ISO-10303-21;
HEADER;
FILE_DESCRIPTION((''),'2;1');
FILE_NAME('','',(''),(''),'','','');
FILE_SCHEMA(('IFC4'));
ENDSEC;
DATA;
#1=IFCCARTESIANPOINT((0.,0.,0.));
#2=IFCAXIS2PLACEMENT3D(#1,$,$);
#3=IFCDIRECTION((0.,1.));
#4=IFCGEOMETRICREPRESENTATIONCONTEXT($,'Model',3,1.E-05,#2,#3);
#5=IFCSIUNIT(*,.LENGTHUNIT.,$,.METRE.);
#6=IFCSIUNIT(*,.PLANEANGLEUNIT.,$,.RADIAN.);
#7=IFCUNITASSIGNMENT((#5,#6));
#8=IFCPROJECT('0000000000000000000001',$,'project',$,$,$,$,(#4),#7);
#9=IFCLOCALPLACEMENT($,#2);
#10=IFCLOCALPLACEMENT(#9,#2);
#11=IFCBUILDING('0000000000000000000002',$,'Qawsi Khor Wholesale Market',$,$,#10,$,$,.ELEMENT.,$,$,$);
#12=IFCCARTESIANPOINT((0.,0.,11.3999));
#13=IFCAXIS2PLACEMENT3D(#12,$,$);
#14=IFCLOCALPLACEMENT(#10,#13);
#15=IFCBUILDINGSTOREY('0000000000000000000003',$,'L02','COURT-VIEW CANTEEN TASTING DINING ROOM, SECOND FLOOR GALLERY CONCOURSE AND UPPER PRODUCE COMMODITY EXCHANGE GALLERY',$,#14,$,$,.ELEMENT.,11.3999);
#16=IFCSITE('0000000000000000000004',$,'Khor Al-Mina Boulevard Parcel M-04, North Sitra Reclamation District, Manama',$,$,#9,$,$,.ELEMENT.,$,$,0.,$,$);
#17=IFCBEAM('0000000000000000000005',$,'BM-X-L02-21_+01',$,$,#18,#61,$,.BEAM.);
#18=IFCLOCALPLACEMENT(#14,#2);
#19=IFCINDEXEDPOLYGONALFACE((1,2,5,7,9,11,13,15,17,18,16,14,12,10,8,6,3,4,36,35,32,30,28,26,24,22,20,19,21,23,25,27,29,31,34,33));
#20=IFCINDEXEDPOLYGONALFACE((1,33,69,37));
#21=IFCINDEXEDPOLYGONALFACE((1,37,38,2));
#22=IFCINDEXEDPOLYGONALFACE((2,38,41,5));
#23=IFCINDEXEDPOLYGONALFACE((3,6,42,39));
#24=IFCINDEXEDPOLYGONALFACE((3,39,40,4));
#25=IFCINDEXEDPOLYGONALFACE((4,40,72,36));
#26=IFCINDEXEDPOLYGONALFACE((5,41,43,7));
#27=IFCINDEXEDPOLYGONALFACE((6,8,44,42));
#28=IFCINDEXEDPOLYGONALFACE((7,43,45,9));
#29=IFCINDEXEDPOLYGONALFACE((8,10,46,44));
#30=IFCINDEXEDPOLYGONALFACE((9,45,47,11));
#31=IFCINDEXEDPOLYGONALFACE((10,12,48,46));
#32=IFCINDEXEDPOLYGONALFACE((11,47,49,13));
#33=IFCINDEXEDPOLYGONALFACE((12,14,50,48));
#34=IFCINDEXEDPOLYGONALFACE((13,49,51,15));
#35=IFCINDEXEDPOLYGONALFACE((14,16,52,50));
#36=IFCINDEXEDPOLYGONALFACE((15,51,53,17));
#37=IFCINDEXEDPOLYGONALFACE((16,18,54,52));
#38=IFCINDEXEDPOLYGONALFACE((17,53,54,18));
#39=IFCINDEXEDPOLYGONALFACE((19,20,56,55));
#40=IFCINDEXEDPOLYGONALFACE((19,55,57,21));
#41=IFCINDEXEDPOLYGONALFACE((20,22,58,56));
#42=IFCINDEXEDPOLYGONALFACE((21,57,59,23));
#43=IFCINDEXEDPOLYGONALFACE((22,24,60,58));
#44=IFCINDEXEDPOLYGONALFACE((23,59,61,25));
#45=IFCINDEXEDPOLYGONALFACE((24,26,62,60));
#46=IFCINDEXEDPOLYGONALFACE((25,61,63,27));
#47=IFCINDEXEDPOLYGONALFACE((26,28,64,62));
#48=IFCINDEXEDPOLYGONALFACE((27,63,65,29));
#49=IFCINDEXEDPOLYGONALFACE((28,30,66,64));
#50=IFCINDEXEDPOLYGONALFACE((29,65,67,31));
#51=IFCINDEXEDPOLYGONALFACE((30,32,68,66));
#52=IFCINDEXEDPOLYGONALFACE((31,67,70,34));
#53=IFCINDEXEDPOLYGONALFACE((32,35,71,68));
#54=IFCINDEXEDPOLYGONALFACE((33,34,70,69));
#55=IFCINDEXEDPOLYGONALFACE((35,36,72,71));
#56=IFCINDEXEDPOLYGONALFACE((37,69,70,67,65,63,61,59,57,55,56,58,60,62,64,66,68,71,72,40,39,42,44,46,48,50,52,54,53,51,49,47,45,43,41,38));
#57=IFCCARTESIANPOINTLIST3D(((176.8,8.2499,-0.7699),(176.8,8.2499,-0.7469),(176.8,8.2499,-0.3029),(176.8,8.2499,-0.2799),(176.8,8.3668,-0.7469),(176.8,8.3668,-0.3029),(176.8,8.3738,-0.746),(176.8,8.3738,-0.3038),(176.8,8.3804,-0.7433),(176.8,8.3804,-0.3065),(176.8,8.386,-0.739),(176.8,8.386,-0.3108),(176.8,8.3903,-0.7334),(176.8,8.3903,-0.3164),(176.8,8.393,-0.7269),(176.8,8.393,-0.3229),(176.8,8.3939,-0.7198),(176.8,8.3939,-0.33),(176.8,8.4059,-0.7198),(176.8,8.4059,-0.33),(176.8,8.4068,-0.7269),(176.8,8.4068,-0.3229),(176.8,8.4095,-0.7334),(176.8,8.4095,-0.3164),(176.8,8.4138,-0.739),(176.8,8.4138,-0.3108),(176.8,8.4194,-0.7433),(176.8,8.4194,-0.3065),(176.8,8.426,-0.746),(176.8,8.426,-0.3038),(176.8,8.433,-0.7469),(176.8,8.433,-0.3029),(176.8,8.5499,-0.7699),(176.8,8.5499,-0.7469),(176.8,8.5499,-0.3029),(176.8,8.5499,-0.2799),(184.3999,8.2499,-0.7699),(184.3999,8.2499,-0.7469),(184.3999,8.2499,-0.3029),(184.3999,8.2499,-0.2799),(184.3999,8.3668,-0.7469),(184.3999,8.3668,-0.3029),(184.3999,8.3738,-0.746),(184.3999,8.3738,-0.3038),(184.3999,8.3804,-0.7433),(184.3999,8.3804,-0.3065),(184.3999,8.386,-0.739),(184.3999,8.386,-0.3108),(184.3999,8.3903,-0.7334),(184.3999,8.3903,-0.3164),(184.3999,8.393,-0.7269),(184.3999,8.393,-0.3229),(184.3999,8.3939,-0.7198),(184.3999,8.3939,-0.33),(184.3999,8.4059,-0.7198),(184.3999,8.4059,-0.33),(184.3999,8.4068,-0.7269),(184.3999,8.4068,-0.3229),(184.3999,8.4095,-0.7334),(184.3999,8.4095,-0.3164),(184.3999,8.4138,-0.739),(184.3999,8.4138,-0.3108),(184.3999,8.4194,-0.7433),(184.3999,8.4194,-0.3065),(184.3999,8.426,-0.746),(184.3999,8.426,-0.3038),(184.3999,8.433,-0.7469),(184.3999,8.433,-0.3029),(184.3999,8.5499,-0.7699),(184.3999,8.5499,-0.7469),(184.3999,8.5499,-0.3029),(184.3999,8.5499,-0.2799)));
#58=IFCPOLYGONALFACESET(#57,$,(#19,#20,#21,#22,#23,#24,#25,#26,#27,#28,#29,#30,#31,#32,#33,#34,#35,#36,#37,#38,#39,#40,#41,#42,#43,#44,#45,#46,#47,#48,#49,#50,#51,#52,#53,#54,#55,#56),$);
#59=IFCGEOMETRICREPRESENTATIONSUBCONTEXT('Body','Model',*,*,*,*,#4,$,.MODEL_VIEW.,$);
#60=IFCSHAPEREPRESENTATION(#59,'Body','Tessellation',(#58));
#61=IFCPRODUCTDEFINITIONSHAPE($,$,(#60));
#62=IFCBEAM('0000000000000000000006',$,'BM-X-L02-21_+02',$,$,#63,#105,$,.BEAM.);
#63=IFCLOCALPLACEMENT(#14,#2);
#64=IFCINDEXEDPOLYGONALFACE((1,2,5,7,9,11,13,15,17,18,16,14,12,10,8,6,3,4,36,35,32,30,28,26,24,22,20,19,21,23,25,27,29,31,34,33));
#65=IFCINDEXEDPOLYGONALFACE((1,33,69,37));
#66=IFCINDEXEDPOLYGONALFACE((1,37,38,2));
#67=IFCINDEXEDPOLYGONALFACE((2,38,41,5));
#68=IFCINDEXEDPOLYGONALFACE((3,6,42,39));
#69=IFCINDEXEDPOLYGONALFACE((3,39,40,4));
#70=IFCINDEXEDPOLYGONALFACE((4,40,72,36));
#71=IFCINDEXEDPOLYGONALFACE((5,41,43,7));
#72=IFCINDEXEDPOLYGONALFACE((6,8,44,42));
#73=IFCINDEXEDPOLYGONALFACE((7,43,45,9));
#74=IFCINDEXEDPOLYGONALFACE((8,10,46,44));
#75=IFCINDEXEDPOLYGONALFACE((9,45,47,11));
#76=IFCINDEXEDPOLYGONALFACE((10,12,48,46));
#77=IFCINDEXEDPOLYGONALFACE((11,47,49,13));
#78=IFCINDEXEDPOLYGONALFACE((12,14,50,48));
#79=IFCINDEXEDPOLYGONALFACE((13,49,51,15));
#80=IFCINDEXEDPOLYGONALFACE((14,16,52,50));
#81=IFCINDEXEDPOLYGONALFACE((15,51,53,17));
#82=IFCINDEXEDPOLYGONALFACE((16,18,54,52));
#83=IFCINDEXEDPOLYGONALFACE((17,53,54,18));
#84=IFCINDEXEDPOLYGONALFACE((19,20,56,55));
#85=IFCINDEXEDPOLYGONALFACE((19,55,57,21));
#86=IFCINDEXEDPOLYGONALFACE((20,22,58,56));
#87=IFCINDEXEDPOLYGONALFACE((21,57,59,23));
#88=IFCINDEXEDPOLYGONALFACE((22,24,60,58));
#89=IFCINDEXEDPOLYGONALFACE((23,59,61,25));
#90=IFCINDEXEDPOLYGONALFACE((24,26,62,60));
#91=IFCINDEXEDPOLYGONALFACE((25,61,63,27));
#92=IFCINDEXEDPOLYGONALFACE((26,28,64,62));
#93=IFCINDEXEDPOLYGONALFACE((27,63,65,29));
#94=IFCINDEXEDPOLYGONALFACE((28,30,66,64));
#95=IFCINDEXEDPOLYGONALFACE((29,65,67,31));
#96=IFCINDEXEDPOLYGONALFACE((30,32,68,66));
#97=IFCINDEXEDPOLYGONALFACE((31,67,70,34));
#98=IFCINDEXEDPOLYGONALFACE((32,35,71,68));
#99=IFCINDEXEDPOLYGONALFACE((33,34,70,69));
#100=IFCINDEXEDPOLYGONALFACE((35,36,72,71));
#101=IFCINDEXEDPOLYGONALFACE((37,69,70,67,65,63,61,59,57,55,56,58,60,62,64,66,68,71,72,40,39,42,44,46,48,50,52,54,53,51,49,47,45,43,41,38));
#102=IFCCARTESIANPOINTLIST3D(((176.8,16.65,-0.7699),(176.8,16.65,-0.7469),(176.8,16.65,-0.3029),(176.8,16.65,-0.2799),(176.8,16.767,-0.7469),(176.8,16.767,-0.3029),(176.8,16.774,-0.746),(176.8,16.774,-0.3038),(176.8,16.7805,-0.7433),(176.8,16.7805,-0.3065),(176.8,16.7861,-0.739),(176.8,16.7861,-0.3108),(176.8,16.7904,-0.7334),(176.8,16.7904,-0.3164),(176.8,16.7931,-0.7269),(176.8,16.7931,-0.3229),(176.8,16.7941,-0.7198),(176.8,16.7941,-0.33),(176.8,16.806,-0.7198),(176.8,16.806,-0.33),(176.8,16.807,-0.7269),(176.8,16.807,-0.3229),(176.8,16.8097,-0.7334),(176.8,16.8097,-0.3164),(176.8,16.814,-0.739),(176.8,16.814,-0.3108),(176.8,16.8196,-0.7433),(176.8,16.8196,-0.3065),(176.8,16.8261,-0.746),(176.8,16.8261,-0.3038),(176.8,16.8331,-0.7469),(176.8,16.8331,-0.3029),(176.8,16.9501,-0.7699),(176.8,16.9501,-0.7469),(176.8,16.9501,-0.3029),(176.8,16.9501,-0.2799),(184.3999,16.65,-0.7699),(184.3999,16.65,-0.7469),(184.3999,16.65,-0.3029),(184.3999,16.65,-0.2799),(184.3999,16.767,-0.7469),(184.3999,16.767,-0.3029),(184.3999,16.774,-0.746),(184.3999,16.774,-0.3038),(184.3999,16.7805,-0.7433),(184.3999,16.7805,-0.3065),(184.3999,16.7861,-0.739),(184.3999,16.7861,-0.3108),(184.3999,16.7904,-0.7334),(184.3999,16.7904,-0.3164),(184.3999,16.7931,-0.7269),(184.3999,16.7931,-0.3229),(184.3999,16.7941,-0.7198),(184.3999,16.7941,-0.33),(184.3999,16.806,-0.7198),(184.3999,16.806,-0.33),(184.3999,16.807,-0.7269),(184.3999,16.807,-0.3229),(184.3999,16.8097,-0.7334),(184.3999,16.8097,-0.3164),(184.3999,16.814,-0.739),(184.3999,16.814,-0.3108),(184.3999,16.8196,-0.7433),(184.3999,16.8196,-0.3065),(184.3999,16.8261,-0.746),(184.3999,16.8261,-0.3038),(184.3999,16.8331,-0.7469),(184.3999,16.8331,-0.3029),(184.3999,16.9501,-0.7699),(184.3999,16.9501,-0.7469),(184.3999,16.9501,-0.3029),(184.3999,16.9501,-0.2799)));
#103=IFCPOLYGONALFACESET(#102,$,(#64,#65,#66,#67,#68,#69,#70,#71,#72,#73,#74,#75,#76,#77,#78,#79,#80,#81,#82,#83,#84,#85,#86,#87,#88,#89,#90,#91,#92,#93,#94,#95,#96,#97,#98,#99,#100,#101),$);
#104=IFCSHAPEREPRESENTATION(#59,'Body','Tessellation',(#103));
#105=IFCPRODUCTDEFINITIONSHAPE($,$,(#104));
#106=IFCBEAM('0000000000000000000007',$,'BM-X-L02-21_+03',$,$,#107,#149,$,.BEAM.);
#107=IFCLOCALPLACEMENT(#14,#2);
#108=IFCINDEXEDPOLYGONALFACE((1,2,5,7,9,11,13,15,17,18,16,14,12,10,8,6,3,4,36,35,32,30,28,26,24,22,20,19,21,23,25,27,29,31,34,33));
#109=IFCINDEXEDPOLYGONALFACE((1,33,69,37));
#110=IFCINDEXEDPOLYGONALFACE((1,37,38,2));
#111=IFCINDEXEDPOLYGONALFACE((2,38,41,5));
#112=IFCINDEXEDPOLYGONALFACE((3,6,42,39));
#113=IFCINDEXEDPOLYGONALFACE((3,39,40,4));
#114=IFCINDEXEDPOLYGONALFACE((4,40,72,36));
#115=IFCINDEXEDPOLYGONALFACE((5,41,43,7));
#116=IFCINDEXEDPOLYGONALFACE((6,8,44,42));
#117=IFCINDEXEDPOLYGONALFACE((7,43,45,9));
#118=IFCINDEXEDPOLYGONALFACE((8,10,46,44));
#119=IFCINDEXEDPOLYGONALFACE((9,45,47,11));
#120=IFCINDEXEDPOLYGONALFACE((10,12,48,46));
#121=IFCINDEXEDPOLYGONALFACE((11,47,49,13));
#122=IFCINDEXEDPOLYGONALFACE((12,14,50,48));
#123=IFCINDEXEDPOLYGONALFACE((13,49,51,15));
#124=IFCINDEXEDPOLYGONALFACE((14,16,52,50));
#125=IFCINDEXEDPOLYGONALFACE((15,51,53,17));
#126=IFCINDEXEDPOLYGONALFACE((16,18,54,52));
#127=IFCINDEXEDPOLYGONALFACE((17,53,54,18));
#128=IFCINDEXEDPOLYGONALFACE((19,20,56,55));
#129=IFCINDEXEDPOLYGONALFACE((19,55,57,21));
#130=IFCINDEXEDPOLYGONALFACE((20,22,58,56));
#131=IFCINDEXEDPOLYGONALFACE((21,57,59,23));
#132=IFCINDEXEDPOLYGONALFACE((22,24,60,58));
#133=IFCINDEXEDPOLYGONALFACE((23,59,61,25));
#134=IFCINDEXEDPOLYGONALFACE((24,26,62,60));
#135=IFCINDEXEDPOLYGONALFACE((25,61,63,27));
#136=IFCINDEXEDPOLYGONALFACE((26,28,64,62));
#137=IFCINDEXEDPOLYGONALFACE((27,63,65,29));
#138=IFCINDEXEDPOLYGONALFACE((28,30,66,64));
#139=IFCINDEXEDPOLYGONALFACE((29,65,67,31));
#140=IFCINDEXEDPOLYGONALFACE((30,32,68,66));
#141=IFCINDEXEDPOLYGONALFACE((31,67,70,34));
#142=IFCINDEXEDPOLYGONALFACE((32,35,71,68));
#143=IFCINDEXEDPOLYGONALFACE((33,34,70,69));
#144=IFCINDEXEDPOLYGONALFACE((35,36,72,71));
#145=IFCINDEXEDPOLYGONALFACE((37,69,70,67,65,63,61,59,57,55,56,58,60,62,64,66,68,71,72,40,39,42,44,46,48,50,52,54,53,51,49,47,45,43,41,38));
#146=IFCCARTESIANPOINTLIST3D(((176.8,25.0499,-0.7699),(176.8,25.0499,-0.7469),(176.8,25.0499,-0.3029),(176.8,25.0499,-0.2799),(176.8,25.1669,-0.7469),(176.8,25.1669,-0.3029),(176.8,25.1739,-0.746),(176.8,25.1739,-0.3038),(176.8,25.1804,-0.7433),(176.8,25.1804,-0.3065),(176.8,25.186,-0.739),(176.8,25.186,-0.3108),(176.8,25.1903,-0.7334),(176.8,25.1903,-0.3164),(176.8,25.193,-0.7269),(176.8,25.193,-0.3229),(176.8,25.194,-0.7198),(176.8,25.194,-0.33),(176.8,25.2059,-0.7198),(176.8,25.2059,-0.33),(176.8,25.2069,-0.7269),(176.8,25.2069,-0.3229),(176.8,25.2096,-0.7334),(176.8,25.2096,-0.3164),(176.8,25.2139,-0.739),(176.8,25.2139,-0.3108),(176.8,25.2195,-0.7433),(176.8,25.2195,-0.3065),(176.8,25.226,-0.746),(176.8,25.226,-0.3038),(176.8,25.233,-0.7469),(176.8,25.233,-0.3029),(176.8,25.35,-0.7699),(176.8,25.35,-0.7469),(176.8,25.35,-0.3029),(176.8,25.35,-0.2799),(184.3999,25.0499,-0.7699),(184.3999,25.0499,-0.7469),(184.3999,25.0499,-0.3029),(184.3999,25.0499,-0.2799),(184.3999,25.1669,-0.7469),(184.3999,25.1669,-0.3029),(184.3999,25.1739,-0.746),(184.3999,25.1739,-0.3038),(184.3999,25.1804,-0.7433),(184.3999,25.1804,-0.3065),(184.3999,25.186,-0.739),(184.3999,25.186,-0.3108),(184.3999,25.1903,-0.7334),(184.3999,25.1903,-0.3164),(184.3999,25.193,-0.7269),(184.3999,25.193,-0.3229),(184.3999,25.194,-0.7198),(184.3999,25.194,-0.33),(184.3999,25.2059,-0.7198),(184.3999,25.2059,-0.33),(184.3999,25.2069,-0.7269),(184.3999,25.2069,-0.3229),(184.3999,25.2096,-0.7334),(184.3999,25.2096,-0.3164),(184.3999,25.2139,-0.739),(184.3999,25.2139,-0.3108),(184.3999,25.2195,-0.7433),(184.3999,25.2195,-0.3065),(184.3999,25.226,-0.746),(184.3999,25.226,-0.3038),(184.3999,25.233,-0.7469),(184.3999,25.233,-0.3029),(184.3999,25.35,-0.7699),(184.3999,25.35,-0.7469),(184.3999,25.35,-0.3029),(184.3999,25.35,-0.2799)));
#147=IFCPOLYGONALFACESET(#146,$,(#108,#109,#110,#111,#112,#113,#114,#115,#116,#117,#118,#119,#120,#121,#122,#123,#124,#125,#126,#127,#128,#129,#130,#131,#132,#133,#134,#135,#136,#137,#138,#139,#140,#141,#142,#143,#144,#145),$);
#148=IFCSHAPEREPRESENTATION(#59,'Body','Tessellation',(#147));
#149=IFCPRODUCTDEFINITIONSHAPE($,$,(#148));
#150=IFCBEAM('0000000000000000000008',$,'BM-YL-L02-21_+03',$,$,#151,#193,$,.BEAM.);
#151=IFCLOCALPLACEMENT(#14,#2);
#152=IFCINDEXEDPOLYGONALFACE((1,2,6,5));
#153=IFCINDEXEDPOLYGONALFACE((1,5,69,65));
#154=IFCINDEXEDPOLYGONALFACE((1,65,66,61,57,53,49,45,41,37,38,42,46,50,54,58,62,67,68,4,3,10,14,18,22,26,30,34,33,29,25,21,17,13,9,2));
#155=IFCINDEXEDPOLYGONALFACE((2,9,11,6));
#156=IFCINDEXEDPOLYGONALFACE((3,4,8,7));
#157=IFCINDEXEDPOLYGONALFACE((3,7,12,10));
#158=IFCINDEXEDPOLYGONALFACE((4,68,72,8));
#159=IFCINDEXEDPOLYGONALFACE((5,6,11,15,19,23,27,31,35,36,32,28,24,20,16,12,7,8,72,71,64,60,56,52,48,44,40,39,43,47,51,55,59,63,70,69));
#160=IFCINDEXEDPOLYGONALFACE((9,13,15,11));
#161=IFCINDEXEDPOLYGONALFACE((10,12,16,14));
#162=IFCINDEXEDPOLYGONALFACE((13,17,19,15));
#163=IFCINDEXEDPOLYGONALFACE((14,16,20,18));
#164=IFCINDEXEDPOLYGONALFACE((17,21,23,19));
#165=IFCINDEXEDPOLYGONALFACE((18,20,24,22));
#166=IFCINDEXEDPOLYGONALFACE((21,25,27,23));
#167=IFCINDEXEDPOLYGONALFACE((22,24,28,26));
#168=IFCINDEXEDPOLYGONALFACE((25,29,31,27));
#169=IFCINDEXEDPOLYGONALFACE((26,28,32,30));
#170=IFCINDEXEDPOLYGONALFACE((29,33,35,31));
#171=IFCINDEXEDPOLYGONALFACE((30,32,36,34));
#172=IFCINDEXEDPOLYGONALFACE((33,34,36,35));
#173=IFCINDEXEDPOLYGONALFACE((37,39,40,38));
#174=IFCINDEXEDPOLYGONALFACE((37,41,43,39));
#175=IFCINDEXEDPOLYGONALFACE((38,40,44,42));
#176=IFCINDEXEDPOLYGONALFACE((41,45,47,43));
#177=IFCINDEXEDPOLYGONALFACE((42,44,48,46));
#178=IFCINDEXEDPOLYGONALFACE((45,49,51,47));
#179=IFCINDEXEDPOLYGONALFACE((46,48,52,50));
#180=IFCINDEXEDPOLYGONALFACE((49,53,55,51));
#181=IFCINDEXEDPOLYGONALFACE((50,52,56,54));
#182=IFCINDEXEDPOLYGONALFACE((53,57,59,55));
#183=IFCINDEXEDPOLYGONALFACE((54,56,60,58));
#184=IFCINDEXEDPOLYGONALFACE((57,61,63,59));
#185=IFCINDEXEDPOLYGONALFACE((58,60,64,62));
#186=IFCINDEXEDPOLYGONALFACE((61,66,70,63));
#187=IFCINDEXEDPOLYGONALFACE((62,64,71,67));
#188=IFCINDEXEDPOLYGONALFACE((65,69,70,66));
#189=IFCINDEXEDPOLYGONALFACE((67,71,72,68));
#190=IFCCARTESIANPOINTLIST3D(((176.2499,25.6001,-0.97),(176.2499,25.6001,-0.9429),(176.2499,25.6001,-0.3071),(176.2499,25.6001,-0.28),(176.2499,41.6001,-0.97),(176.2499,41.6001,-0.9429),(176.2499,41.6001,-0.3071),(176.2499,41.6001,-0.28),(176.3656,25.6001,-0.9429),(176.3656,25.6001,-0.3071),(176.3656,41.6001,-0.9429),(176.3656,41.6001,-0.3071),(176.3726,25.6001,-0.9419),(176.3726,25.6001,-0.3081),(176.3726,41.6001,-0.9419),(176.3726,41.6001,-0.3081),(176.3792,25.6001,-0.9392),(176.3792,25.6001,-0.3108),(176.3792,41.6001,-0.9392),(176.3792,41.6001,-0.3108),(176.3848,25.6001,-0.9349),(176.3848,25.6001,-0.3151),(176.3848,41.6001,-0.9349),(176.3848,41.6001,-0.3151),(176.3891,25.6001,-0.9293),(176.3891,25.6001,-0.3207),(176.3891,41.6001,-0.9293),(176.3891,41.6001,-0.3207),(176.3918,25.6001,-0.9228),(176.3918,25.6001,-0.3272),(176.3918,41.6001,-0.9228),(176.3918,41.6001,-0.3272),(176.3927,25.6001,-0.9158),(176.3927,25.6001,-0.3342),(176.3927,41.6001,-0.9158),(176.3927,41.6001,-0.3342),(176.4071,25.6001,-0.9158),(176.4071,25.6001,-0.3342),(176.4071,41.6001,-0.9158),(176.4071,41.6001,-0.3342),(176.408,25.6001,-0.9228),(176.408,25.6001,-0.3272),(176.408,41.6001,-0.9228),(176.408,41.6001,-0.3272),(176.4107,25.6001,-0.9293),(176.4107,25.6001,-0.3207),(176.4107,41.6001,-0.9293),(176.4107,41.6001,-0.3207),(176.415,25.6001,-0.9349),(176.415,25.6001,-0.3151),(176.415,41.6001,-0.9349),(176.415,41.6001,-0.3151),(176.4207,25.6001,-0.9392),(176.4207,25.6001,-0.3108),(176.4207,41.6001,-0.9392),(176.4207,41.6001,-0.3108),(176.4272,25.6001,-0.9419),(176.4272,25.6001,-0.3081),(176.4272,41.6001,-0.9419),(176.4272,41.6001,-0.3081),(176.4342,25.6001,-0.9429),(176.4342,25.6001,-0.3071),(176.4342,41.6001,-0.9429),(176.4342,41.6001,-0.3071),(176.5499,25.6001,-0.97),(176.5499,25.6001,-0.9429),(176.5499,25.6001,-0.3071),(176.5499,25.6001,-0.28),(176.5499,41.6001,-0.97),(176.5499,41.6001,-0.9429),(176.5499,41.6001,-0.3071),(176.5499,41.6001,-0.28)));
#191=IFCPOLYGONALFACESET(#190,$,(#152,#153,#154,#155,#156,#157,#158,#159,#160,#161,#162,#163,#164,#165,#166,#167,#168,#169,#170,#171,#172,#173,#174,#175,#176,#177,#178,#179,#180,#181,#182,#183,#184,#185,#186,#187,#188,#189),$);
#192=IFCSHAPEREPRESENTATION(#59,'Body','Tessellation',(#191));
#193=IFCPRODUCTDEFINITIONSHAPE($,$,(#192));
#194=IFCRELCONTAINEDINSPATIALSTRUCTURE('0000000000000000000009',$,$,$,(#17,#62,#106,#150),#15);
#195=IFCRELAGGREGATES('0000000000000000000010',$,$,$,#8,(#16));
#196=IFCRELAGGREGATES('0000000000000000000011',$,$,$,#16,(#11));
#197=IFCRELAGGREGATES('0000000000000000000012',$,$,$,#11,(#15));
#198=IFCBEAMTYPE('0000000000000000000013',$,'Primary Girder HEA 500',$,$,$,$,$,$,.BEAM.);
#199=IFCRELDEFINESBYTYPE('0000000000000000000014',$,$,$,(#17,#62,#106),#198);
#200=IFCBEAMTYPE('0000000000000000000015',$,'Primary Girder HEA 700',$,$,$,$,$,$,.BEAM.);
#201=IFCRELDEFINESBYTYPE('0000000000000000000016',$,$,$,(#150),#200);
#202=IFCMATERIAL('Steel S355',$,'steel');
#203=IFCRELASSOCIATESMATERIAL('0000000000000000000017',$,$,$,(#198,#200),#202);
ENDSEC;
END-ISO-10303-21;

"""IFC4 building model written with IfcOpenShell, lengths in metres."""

from ifc_helpers import new_model, si_unit, direction, frame, origin, origin_2d, place, context, subcontext, project, spatial, i_section, extrude, material, material_profile, profile_set, type_object, element, save


model = new_model("IFC4")

# Units and contexts
model_context = context("Model", 3, precision=1e-05, world=origin(), true_north=direction((0.0, 1.0)))
body_context = subcontext(model_context, "Body", "Model", "MODEL_VIEW")
ifc_project = project(units=[si_unit("LENGTHUNIT", "METRE"), si_unit("PLANEANGLEUNIT", "RADIAN")], contexts=[model_context])

# Site, building, storey
site_placement = place(None, origin())
site = spatial("IfcSite", under=ifc_project, at=site_placement, Name="Khor Al-Mina Boulevard Parcel M-04, North Sitra Reclamation District, Manama", CompositionType="ELEMENT", RefElevation=0.0)
building_placement = place(site_placement, origin())
building = spatial("IfcBuilding", under=site, at=building_placement, Name="Qawsi Khor Wholesale Market", CompositionType="ELEMENT")
storey_placement = place(building_placement, frame((0.0, 0.0, 11.3999)))
storey = spatial("IfcBuildingStorey", under=building, at=storey_placement, Name="L02", Description="COURT-VIEW CANTEEN TASTING DINING ROOM, SECOND FLOOR GALLERY CONCOURSE AND UPPER PRODUCE COMMODITY EXCHANGE GALLERY", CompositionType="ELEMENT", Elevation=11.3999)

# Beams
ifc_material_1 = material(Name="Steel S355", Category="steel")
ifc_material_profile_1 = material_profile(ifc_material_1, i_section(OverallWidth=0.3, OverallDepth=0.49, WebThickness=0.012, FlangeThickness=0.0229, FilletRadius=0.0271, at=origin_2d()), Name="HEA 500")
ifc_profile_set_1 = profile_set([ifc_material_profile_1], Name="Steel S355")
beam_type_1 = type_object("IfcBeamType", Name="Primary Girder HEA 500", PredefinedType="BEAM", material=ifc_profile_set_1)
for number, where, z_axis, x_axis, name in (
    (1, (176.8, 8.3999, -0.5249), (1.0, 0.0, 0.0), (0.0, 1.0, 0.0), "BM-X-L02-21_+01"),
    (2, (176.8, 16.8, -0.5249), (1.0, 0.0, 0.0), (0.0, 1.0, 0.0), "BM-X-L02-21_+02"),
    (3, (176.8, 25.2, -0.5249), (1.0, 0.0, 0.0), (0.0, 1.0, 0.0), "BM-X-L02-21_+03"),
):
    element("IfcBeam", number, at=place(storey_placement, frame(where, z_axis=z_axis, x_axis=x_axis)), inside=storey, type_object=beam_type_1, Name=name, PredefinedType="BEAM", context=body_context, shape_type="SweptSolid", body=[
        extrude(i_section(OverallWidth=0.3, OverallDepth=0.49, WebThickness=0.012, FlangeThickness=0.0229, FilletRadius=0.0271, at=origin_2d()), origin(), (0.0, 0.0, 1.0), 7.5999),
    ])
ifc_material_profile_2 = material_profile(ifc_material_1, i_section(OverallWidth=0.3, OverallDepth=0.6899, WebThickness=0.0144, FlangeThickness=0.0271, FilletRadius=0.0271, at=origin_2d()), Name="HEA 700")
ifc_profile_set_2 = profile_set([ifc_material_profile_2], Name="Steel S355")
beam_type_2 = type_object("IfcBeamType", Name="Primary Girder HEA 700", PredefinedType="BEAM", material=ifc_profile_set_2)
beam_1_placement = place(storey_placement, frame((176.3999, 25.6001, -0.625), z_axis=(0.0, 1.0, 0.0), x_axis=(-1.0, 0.0, 0.0)))
element("IfcBeam", 4, at=beam_1_placement, inside=storey, type_object=beam_type_2, Name="BM-YL-L02-21_+03", PredefinedType="BEAM", context=body_context, shape_type="SweptSolid", body=[
    extrude(i_section(OverallWidth=0.3, OverallDepth=0.6899, WebThickness=0.0144, FlangeThickness=0.0271, FilletRadius=0.0271, at=origin_2d()), origin(), (0.0, 0.0, 1.0), 16.0),
])

save(model, "model.ifc")
